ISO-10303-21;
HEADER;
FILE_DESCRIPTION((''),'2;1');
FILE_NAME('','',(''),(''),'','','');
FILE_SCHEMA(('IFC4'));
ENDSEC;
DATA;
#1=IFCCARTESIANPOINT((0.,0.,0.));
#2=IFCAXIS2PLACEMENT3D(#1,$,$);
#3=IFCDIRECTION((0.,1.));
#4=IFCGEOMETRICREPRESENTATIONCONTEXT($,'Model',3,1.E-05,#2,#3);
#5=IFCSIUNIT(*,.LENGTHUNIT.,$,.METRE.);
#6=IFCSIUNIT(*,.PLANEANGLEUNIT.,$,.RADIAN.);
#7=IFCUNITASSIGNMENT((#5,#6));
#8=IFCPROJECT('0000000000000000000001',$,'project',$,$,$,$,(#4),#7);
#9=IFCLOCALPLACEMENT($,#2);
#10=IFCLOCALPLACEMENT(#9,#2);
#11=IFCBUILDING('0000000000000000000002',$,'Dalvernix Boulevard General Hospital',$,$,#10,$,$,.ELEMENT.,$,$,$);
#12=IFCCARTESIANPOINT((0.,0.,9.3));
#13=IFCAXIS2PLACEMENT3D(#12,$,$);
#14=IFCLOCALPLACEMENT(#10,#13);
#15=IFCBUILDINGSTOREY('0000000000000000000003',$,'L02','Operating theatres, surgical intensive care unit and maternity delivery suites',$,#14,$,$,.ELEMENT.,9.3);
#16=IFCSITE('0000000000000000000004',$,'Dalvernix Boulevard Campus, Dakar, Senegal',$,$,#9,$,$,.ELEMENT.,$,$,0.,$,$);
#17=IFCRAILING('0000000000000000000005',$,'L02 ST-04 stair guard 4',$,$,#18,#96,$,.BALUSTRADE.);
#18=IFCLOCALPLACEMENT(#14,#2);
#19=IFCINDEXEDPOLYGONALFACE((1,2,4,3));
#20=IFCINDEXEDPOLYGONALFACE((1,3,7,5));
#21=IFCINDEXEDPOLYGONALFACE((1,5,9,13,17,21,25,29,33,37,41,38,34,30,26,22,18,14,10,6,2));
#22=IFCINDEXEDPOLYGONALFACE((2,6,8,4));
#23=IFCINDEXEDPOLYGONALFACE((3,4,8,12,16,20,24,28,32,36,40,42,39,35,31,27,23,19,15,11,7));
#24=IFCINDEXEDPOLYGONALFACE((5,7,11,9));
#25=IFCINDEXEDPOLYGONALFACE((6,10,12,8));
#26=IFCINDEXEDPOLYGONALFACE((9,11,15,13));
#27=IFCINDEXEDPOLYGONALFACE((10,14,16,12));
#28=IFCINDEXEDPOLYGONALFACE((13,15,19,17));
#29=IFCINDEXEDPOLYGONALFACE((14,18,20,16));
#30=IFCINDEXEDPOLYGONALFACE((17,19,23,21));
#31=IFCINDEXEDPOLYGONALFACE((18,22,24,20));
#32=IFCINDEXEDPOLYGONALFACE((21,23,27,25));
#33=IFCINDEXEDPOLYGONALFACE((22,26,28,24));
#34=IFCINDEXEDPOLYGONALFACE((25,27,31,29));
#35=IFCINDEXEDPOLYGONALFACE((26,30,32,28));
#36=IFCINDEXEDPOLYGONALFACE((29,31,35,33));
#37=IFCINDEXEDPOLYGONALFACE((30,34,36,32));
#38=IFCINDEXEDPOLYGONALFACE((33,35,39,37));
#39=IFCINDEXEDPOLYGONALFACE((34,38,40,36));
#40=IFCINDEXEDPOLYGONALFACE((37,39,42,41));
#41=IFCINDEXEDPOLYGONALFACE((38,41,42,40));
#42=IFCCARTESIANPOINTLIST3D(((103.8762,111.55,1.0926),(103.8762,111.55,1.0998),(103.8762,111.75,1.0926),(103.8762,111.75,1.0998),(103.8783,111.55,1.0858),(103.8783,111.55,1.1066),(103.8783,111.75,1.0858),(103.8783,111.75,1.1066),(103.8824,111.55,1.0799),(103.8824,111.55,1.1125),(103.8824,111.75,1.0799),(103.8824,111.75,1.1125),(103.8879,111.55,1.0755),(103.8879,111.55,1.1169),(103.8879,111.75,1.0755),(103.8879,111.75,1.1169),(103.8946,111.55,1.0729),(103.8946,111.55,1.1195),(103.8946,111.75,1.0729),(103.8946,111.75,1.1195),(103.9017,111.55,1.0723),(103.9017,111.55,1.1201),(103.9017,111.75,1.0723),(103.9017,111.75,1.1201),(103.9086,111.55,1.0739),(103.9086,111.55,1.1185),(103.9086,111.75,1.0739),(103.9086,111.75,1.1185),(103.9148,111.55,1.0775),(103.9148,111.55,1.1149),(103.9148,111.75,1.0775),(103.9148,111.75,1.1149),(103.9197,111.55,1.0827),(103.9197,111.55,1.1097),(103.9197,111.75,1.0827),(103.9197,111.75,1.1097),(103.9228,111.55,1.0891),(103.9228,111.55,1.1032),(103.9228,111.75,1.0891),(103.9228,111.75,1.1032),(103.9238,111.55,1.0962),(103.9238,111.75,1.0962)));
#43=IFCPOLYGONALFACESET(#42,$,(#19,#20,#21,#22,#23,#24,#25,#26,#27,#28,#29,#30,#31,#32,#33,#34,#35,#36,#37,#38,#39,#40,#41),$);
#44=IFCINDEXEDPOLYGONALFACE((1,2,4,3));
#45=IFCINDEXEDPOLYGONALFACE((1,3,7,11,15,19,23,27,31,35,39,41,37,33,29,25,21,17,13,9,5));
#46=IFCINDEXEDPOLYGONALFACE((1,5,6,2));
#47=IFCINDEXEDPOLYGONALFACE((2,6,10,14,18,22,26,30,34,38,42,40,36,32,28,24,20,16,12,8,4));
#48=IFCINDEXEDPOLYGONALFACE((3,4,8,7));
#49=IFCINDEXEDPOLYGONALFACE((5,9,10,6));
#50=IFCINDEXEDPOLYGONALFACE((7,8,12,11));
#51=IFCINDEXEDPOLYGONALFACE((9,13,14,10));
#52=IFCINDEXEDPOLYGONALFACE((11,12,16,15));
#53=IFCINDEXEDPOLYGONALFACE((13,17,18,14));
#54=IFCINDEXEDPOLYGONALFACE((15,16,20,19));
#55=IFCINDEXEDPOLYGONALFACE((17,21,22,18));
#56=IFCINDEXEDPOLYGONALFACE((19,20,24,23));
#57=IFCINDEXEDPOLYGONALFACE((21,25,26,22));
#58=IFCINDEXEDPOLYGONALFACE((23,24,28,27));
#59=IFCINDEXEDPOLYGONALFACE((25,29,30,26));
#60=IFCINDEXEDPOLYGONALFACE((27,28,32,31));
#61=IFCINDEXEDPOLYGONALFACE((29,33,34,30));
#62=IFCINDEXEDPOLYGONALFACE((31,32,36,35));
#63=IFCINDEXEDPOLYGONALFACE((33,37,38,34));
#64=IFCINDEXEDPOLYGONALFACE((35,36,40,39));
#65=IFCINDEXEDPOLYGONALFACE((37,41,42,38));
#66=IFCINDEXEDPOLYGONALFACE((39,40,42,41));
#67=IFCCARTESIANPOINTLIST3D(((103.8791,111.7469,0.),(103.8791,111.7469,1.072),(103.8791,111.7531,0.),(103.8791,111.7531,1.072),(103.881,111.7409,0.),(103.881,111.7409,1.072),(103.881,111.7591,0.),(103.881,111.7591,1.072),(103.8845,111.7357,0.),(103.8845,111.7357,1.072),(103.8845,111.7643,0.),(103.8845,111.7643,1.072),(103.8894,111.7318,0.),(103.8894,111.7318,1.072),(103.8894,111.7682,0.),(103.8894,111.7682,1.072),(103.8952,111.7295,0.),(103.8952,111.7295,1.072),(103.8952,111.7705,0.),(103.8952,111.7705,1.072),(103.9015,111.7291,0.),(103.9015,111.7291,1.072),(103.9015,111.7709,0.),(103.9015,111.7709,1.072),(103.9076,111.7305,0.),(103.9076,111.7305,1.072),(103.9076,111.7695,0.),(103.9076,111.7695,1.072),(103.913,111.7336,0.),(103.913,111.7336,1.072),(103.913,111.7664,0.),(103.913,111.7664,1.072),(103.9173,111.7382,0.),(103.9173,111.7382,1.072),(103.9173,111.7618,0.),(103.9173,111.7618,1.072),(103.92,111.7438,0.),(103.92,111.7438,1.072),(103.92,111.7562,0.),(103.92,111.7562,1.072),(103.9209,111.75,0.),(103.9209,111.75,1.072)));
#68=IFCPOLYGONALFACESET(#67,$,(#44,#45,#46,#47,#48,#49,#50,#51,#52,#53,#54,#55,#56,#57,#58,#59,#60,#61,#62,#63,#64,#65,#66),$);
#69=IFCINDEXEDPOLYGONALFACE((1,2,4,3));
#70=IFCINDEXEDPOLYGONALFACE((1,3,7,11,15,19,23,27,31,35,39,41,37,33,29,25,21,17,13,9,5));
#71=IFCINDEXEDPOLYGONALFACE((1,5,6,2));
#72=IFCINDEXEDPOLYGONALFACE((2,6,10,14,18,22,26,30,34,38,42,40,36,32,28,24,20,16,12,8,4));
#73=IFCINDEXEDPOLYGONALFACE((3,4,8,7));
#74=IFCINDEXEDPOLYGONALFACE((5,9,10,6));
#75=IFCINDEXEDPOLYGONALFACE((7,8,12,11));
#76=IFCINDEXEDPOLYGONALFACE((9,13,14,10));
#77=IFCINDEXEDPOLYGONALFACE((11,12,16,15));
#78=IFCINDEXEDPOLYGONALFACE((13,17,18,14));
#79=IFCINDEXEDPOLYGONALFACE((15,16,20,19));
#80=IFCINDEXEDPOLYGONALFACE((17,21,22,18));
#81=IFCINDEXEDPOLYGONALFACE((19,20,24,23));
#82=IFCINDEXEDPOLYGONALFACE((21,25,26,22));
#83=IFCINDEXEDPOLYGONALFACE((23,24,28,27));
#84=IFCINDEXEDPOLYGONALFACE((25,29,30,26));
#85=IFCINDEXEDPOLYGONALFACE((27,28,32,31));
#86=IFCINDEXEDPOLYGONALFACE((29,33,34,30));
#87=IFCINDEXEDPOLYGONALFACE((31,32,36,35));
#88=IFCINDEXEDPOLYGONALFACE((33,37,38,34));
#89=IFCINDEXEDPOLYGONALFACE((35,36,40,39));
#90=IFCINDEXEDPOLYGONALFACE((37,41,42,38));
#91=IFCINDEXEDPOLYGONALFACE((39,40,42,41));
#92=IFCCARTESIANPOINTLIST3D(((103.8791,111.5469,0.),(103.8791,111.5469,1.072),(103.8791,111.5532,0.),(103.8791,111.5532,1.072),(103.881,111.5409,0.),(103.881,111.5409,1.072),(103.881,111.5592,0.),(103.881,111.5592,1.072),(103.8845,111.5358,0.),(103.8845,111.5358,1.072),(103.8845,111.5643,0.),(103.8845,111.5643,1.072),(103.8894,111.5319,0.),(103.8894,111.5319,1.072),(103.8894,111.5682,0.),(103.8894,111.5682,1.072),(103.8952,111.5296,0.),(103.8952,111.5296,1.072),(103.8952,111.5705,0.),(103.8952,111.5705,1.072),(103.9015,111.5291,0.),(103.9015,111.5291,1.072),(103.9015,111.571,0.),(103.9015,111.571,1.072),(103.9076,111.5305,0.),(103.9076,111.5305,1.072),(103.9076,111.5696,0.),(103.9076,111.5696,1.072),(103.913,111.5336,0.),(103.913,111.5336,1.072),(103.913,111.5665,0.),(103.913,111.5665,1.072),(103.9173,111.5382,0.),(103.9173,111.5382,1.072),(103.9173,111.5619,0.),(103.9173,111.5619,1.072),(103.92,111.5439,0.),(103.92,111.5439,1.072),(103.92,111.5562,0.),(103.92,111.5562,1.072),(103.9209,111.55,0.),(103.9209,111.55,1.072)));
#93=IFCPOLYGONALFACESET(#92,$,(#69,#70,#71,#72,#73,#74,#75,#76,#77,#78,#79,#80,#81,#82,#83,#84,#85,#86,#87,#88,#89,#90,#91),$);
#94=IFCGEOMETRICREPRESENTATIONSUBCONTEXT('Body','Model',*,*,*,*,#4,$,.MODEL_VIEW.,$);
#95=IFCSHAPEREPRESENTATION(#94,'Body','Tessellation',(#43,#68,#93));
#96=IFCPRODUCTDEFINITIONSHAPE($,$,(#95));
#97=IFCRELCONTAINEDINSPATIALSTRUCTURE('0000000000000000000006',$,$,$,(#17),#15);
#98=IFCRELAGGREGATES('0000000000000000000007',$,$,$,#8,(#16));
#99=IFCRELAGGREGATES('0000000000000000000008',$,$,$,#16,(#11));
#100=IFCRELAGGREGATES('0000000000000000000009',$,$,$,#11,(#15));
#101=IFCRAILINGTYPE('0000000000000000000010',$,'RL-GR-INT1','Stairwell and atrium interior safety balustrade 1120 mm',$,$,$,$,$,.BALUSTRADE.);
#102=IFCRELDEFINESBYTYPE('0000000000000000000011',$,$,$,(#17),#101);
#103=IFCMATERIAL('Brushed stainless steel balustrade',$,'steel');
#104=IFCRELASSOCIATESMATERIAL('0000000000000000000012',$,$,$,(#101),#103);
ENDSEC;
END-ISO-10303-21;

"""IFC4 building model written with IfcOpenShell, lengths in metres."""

from ifc_helpers import new_model, si_unit, direction, frame, origin, origin_2d, place, context, subcontext, project, spatial, circle, extrude, material, type_object, element, save


model = new_model("IFC4")

# Units and contexts
model_context = context("Model", 3, precision=1e-05, world=origin(), true_north=direction((0.0, 1.0)))
body_context = subcontext(model_context, "Body", "Model", "MODEL_VIEW")
ifc_project = project(units=[si_unit("LENGTHUNIT", "METRE"), si_unit("PLANEANGLEUNIT", "RADIAN")], contexts=[model_context])

# Site, building, storey
site_placement = place(None, origin())
site = spatial("IfcSite", under=ifc_project, at=site_placement, Name="Dalvernix Boulevard Campus, Dakar, Senegal", CompositionType="ELEMENT", RefElevation=0.0)
building_placement = place(site_placement, origin())
building = spatial("IfcBuilding", under=site, at=building_placement, Name="Dalvernix Boulevard General Hospital", CompositionType="ELEMENT")
storey_placement = place(building_placement, frame((0.0, 0.0, 9.3)))
storey = spatial("IfcBuildingStorey", under=building, at=storey_placement, Name="L02", Description="Operating theatres, surgical intensive care unit and maternity delivery suites", CompositionType="ELEMENT", Elevation=9.3)

# Railing
ifc_material_1 = material(Name="Brushed stainless steel balustrade", Category="steel")
railing_type_1 = type_object("IfcRailingType", Name="RL-GR-INT1", Description="Stairwell and atrium interior safety balustrade 1120 mm", PredefinedType="BALUSTRADE", material=ifc_material_1)
railing_1_placement = place(storey_placement, frame((103.8999, 111.75, 0.0)))
element("IfcRailing", 1, at=railing_1_placement, inside=storey, type_object=railing_type_1, Name="L02 ST-04 stair guard 4", PredefinedType="BALUSTRADE", context=body_context, shape_type="SweptSolid", body=[
    extrude(circle(Radius=0.0239, at=origin_2d()), frame((0.0, 0.0, 1.0962), z_axis=(0.0, -1.0, 0.0), x_axis=(1.0, 0.0, 0.0)), (0.0, 0.0, 1.0), 0.2),
    extrude(circle(Radius=0.021, at=origin_2d()), origin(), (0.0, 0.0, 1.0), 1.072),
    extrude(circle(Radius=0.021, at=origin_2d()), frame((0.0, -0.2, 0.0)), (0.0, 0.0, 1.0), 1.072),
])

save(model, "model.ifc")
